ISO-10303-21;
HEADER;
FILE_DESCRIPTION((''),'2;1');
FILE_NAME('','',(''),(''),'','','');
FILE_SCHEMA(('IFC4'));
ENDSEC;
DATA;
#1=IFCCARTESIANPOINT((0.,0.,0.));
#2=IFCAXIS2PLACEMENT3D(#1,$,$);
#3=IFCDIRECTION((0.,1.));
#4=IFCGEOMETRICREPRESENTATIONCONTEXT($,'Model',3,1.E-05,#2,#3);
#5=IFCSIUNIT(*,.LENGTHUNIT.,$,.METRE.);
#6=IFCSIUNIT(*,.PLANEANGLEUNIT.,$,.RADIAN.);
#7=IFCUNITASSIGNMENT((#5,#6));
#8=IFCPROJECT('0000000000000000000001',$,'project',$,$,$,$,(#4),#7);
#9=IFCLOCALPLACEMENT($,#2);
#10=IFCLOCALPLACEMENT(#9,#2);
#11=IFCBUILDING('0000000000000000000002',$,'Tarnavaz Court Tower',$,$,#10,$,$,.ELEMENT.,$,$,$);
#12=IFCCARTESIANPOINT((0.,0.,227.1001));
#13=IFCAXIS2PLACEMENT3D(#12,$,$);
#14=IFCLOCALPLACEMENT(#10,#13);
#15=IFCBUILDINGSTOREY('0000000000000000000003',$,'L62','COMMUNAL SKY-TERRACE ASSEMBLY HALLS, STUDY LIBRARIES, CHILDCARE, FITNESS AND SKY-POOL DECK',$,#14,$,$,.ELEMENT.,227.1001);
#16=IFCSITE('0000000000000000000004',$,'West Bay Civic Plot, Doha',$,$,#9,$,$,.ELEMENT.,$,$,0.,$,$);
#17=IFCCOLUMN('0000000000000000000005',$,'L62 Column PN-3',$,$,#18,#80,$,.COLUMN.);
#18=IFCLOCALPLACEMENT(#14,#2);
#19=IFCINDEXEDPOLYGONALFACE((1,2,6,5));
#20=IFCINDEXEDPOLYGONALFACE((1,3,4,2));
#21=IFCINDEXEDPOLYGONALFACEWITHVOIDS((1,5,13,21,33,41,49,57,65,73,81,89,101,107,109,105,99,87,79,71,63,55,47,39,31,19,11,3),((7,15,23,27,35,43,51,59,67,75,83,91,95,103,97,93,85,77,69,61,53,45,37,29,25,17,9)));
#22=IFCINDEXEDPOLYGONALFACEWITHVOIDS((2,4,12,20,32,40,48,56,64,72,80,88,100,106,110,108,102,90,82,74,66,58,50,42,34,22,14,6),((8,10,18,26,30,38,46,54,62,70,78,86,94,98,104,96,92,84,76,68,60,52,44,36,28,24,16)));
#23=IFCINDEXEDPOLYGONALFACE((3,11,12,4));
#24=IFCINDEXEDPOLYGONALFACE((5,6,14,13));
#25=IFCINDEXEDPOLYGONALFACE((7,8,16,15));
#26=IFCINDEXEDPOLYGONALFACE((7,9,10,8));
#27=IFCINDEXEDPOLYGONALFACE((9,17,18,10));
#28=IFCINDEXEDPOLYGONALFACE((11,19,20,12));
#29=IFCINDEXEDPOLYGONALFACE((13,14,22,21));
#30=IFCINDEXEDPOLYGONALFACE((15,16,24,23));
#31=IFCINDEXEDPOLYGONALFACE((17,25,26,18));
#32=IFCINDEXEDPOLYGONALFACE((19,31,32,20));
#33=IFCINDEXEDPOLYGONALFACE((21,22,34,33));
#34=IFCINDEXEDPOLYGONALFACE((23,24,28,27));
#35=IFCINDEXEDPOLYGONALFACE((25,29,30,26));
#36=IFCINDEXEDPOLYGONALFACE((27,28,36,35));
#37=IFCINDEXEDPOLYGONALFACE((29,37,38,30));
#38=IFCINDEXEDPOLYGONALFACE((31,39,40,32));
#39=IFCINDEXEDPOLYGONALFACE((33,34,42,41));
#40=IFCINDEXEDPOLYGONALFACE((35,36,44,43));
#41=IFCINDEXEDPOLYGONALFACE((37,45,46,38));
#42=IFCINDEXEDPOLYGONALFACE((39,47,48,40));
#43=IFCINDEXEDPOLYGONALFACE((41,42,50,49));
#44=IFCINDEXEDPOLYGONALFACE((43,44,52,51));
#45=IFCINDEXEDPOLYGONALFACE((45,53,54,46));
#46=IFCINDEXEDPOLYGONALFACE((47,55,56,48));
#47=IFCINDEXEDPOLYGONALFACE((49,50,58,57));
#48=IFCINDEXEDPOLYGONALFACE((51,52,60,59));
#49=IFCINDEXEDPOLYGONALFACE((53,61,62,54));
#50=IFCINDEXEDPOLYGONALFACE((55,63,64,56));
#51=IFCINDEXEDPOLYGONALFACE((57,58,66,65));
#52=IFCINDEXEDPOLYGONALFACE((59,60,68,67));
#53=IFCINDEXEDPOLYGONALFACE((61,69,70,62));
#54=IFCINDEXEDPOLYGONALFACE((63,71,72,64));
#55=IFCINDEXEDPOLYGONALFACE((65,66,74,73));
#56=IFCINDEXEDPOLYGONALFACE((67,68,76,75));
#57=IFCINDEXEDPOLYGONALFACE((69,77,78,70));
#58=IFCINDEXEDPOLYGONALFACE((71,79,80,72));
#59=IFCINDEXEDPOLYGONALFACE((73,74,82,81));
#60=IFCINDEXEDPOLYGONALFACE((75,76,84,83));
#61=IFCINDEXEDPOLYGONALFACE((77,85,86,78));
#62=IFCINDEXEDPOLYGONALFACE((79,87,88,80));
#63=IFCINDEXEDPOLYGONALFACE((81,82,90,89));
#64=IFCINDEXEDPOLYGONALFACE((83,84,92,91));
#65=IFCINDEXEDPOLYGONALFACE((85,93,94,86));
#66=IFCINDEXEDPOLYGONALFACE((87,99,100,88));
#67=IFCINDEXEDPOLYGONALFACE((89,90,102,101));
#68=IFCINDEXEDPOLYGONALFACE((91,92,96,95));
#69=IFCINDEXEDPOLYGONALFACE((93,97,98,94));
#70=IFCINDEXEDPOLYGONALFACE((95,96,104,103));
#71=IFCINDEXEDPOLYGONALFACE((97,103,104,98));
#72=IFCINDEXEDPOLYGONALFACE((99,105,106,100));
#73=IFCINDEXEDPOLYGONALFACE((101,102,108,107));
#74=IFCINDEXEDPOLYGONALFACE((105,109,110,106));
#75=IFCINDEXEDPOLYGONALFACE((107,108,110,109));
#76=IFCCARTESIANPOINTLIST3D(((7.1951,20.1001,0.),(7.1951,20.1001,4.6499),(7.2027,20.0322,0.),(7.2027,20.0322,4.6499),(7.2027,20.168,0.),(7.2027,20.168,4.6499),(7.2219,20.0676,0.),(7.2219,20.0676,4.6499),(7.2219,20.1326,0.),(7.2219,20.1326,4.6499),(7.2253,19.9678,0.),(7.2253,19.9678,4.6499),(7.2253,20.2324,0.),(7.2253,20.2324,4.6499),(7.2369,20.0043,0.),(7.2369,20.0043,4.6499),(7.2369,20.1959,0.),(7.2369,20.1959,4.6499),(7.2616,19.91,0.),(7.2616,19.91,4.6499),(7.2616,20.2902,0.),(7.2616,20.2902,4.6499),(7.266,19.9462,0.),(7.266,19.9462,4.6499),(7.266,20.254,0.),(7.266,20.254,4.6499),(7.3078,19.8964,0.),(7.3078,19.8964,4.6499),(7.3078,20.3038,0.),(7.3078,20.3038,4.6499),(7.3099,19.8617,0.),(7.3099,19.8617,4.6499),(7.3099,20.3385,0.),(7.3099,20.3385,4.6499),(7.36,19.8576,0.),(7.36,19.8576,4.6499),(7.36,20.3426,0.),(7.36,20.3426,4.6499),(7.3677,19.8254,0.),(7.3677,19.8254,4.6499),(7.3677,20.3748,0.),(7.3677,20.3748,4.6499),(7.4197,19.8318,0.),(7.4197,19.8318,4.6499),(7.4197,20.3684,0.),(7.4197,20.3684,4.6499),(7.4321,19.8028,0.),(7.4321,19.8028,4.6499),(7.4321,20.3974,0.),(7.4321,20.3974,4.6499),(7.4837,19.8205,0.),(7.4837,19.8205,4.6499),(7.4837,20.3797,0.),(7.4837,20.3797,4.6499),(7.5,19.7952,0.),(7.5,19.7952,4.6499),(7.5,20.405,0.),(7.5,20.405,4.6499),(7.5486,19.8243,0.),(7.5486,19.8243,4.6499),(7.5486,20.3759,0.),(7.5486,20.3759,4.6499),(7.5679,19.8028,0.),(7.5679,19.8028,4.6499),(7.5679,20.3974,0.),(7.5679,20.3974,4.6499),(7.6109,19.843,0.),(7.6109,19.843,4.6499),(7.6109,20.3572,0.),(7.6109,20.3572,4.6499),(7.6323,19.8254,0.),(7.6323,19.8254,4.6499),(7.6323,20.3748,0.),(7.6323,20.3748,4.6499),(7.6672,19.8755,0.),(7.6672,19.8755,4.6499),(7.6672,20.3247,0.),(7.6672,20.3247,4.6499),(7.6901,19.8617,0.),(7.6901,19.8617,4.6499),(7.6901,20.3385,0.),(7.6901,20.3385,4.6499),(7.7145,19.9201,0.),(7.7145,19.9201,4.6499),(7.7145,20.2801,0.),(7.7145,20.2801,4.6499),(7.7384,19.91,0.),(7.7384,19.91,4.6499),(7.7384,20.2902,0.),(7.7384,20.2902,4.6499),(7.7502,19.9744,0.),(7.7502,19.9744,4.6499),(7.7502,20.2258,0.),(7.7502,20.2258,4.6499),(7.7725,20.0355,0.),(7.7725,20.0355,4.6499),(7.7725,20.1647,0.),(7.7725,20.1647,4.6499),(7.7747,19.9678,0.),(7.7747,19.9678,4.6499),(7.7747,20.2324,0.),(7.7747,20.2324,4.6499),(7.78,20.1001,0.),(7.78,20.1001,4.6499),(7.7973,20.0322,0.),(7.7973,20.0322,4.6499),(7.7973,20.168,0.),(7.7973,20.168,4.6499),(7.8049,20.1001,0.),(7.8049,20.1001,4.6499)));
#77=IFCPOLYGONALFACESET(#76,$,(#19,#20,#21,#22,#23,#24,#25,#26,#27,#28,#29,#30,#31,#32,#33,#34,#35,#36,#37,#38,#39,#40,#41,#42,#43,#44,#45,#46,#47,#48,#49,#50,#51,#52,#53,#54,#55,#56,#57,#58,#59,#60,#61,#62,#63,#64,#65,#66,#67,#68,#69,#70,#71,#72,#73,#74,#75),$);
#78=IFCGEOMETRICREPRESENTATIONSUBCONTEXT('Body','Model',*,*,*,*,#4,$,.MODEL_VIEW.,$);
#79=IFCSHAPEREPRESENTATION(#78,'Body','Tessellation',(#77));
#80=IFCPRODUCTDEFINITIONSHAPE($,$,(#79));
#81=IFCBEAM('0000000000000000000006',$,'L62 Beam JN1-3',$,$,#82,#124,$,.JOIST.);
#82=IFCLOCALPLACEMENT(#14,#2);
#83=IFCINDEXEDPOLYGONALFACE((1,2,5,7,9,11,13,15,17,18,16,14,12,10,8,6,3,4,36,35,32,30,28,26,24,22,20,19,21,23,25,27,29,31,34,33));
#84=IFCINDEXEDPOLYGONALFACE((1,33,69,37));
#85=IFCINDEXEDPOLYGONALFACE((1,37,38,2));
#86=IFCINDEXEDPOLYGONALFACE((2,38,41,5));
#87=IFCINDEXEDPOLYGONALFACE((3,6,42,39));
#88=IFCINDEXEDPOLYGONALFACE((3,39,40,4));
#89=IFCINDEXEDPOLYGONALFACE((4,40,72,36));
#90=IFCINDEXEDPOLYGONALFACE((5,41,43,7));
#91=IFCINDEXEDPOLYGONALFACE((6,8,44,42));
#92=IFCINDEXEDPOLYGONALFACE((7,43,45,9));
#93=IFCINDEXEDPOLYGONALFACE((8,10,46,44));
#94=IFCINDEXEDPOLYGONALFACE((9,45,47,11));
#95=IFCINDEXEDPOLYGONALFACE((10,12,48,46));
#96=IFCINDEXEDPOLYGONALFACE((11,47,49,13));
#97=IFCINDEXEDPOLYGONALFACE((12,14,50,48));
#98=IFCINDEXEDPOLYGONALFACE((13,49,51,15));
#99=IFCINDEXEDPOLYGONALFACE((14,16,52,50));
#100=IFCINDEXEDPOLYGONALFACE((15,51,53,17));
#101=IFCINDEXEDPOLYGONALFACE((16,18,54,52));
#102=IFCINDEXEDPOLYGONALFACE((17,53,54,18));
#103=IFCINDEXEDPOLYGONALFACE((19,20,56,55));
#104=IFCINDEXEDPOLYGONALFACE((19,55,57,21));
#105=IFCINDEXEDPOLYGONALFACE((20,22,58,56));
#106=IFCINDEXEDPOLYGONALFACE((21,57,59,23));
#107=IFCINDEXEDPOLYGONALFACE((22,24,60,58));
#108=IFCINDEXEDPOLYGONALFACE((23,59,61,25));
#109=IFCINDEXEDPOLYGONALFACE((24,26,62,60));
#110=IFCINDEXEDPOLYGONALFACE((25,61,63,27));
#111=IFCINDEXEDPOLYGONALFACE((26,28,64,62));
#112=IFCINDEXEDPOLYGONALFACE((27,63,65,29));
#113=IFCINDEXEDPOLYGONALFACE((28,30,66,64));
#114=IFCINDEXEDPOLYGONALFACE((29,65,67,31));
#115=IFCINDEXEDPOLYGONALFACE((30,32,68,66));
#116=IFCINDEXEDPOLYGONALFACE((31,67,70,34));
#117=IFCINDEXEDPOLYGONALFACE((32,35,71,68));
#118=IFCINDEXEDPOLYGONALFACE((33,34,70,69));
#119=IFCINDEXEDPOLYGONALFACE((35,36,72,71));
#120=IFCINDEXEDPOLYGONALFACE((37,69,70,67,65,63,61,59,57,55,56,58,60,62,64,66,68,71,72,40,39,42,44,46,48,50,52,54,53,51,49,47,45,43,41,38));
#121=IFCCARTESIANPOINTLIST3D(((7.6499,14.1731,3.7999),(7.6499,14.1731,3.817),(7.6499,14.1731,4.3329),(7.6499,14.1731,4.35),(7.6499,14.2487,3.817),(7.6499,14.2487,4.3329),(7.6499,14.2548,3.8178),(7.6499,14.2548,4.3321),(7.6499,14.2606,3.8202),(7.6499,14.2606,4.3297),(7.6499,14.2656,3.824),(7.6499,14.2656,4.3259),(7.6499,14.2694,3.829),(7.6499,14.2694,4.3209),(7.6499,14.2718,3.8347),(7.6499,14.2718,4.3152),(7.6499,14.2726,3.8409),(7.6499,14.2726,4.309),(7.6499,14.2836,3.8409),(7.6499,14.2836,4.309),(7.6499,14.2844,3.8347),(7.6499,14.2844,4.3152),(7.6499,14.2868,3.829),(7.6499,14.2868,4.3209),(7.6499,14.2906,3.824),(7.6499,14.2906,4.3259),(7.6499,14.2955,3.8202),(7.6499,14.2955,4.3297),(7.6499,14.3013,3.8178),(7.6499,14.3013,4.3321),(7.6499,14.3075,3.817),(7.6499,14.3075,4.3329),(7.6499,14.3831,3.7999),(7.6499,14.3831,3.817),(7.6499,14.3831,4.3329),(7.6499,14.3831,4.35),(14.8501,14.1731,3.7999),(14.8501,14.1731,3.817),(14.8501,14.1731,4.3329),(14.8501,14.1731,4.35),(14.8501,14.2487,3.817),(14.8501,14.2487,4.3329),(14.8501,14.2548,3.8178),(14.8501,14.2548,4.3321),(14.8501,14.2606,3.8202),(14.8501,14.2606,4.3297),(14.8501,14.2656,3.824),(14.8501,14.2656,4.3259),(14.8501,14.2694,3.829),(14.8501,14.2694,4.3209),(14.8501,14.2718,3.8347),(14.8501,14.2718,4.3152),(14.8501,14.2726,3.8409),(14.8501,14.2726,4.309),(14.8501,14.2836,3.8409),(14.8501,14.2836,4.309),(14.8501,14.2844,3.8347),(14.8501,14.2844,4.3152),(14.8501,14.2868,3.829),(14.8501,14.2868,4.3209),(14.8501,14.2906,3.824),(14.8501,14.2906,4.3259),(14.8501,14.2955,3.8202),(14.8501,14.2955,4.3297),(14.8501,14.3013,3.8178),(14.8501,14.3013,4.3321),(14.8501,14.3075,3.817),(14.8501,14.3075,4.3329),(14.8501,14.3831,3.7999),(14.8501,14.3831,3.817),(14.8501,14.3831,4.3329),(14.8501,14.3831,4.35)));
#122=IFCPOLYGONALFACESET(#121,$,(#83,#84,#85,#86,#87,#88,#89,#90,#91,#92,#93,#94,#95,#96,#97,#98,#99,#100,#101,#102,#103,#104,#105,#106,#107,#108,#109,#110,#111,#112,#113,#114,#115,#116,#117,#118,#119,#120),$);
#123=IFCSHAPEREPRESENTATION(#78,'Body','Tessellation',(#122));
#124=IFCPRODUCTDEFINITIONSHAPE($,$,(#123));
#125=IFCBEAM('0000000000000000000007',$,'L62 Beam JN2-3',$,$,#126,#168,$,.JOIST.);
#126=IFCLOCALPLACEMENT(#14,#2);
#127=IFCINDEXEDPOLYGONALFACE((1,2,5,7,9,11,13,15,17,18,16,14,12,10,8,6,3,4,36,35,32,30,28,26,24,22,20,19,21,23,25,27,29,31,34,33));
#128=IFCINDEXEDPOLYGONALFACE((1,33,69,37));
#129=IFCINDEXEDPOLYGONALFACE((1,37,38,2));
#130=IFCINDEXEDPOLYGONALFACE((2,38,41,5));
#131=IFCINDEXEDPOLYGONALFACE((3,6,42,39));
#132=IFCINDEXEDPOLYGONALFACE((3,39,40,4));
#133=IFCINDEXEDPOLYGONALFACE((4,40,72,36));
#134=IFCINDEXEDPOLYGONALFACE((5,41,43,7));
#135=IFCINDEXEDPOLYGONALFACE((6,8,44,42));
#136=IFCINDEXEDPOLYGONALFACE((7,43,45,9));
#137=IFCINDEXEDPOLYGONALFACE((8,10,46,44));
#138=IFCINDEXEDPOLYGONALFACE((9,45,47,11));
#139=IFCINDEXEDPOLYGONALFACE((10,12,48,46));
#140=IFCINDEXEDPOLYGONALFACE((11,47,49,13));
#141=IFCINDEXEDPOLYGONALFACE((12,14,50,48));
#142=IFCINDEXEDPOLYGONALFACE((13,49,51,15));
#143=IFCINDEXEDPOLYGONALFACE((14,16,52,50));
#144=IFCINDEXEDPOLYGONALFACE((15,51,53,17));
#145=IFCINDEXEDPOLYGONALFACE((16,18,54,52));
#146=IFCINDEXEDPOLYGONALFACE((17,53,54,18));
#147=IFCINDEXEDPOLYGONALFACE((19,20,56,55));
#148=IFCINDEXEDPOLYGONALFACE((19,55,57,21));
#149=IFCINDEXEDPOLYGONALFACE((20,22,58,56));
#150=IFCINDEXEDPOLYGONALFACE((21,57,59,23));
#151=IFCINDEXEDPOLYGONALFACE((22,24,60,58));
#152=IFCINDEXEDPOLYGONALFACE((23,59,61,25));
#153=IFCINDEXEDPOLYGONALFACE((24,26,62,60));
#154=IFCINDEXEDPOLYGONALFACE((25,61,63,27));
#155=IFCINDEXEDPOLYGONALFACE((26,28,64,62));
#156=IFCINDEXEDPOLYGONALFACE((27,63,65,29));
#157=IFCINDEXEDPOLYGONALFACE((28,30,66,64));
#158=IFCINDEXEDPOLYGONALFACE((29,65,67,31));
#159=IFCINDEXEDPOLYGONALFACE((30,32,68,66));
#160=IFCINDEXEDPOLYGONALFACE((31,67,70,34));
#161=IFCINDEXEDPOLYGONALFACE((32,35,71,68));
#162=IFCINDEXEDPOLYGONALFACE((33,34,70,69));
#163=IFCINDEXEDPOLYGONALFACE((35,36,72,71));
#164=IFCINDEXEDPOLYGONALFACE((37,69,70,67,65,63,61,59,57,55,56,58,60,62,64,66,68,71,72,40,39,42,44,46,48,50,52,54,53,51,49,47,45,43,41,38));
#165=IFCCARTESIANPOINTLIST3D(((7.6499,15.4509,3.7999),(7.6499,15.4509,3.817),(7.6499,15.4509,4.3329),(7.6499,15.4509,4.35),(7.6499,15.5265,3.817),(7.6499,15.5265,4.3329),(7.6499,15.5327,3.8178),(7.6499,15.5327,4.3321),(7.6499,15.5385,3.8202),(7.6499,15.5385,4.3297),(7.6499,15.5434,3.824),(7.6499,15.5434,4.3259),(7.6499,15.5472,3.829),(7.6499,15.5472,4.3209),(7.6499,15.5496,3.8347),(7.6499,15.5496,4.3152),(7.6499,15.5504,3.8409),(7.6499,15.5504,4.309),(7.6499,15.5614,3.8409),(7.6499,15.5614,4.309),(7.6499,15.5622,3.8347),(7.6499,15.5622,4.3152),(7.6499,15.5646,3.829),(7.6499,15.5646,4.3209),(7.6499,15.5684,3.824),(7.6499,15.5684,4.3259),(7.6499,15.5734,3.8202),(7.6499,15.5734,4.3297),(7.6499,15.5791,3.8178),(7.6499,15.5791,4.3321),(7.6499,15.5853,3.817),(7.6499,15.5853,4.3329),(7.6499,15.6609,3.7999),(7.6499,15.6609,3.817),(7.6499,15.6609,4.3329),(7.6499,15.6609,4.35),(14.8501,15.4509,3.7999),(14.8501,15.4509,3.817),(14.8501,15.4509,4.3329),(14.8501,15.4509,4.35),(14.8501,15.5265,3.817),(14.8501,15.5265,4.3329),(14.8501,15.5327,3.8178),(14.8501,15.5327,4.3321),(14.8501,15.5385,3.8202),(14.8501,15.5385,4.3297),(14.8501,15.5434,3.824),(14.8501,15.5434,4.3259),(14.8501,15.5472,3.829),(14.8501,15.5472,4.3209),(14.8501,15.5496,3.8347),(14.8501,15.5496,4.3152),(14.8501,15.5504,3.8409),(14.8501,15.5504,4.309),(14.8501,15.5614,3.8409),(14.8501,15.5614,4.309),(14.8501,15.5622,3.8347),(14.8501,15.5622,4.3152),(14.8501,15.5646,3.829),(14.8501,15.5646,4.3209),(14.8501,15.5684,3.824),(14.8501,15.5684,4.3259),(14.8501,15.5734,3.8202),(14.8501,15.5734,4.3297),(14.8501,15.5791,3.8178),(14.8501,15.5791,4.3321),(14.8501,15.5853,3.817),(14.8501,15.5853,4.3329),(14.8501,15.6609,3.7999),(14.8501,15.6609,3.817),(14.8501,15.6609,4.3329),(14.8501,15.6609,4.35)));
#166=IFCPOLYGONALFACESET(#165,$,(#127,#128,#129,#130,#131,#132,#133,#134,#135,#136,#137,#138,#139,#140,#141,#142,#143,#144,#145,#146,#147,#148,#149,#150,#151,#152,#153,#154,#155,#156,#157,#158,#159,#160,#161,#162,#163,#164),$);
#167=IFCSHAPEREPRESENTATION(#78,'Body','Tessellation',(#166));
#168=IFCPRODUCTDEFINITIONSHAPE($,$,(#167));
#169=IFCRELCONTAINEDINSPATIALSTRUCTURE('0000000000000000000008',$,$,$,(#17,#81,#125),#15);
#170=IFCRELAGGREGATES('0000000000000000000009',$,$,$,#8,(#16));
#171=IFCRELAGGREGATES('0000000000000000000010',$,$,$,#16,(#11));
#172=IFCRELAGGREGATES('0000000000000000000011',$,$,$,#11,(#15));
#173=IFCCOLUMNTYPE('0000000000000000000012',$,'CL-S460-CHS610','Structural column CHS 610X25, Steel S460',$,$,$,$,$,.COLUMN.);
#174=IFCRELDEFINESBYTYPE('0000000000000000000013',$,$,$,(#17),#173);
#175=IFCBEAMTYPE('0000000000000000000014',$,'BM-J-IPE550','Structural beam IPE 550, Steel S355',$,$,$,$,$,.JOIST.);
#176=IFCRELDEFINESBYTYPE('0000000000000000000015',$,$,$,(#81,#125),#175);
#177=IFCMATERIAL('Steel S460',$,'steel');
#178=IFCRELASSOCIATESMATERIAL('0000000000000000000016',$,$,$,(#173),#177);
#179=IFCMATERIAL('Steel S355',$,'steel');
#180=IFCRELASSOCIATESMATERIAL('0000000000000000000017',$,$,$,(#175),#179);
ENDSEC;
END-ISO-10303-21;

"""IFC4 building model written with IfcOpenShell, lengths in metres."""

from ifc_helpers import new_model, si_unit, direction, frame, origin, origin_2d, place, context, subcontext, project, spatial, hollow_circle, i_section, extrude, material, material_profile, profile_set, type_object, element, save


model = new_model("IFC4")

# Units and contexts
model_context = context("Model", 3, precision=1e-05, world=origin(), true_north=direction((0.0, 1.0)))
body_context = subcontext(model_context, "Body", "Model", "MODEL_VIEW")
ifc_project = project(units=[si_unit("LENGTHUNIT", "METRE"), si_unit("PLANEANGLEUNIT", "RADIAN")], contexts=[model_context])

# Site, building, storey
site_placement = place(None, origin())
site = spatial("IfcSite", under=ifc_project, at=site_placement, Name="West Bay Civic Plot, Doha", CompositionType="ELEMENT", RefElevation=0.0)
building_placement = place(site_placement, origin())
building = spatial("IfcBuilding", under=site, at=building_placement, Name="Tarnavaz Court Tower", CompositionType="ELEMENT")
storey_placement = place(building_placement, frame((0.0, 0.0, 227.1001)))
storey = spatial("IfcBuildingStorey", under=building, at=storey_placement, Name="L62", Description="COMMUNAL SKY-TERRACE ASSEMBLY HALLS, STUDY LIBRARIES, CHILDCARE, FITNESS AND SKY-POOL DECK", CompositionType="ELEMENT", Elevation=227.1001)

# Column
ifc_material_1 = material(Name="Steel S460", Category="steel")
ifc_material_profile_1 = material_profile(ifc_material_1, hollow_circle(Radius=0.3049, WallThickness=0.0249, at=origin_2d()), Name="CHS 610X25")
ifc_profile_set_1 = profile_set([ifc_material_profile_1], Name="Steel S460")
column_type = type_object("IfcColumnType", Name="CL-S460-CHS610", Description="Structural column CHS 610X25, Steel S460", PredefinedType="COLUMN", material=ifc_profile_set_1)
column_placement = place(storey_placement, frame((7.5, 20.1001, 0.0), z_axis=(0.0, 0.0, 1.0), x_axis=(1.0, 0.0, 0.0)))
element("IfcColumn", 1, at=column_placement, inside=storey, type_object=column_type, Name="L62 Column PN-3", PredefinedType="COLUMN", context=body_context, shape_type="SweptSolid", body=[
    extrude(hollow_circle(Radius=0.3049, WallThickness=0.0249, at=origin_2d()), origin(), (0.0, 0.0, 1.0), 4.6499),
])

# Beams
ifc_material_2 = material(Name="Steel S355", Category="steel")
ifc_material_profile_2 = material_profile(ifc_material_2, i_section(OverallWidth=0.21, OverallDepth=0.55, WebThickness=0.011, FlangeThickness=0.0171, FilletRadius=0.0239, at=origin_2d()), Name="IPE 550")
ifc_profile_set_2 = profile_set([ifc_material_profile_2], Name="Steel S355")
beam_type_1 = type_object("IfcBeamType", Name="BM-J-IPE550", Description="Structural beam IPE 550, Steel S355", PredefinedType="JOIST", material=ifc_profile_set_2)
for number, where, z_axis, x_axis, name in (
    (2, (7.6499, 14.2781, 4.075), (1.0, 0.0, 0.0), (0.0, 1.0, 0.0), "L62 Beam JN1-3"),
    (3, (7.6499, 15.5559, 4.075), (1.0, 0.0, 0.0), (0.0, 1.0, 0.0), "L62 Beam JN2-3"),
):
    element("IfcBeam", number, at=place(storey_placement, frame(where, z_axis=z_axis, x_axis=x_axis)), inside=storey, type_object=beam_type_1, Name=name, PredefinedType="JOIST", context=body_context, shape_type="SweptSolid", body=[
        extrude(i_section(OverallWidth=0.21, OverallDepth=0.55, WebThickness=0.011, FlangeThickness=0.0171, FilletRadius=0.0239, at=origin_2d()), origin(), (0.0, 0.0, 1.0), 7.2002),
    ])

save(model, "model.ifc")
